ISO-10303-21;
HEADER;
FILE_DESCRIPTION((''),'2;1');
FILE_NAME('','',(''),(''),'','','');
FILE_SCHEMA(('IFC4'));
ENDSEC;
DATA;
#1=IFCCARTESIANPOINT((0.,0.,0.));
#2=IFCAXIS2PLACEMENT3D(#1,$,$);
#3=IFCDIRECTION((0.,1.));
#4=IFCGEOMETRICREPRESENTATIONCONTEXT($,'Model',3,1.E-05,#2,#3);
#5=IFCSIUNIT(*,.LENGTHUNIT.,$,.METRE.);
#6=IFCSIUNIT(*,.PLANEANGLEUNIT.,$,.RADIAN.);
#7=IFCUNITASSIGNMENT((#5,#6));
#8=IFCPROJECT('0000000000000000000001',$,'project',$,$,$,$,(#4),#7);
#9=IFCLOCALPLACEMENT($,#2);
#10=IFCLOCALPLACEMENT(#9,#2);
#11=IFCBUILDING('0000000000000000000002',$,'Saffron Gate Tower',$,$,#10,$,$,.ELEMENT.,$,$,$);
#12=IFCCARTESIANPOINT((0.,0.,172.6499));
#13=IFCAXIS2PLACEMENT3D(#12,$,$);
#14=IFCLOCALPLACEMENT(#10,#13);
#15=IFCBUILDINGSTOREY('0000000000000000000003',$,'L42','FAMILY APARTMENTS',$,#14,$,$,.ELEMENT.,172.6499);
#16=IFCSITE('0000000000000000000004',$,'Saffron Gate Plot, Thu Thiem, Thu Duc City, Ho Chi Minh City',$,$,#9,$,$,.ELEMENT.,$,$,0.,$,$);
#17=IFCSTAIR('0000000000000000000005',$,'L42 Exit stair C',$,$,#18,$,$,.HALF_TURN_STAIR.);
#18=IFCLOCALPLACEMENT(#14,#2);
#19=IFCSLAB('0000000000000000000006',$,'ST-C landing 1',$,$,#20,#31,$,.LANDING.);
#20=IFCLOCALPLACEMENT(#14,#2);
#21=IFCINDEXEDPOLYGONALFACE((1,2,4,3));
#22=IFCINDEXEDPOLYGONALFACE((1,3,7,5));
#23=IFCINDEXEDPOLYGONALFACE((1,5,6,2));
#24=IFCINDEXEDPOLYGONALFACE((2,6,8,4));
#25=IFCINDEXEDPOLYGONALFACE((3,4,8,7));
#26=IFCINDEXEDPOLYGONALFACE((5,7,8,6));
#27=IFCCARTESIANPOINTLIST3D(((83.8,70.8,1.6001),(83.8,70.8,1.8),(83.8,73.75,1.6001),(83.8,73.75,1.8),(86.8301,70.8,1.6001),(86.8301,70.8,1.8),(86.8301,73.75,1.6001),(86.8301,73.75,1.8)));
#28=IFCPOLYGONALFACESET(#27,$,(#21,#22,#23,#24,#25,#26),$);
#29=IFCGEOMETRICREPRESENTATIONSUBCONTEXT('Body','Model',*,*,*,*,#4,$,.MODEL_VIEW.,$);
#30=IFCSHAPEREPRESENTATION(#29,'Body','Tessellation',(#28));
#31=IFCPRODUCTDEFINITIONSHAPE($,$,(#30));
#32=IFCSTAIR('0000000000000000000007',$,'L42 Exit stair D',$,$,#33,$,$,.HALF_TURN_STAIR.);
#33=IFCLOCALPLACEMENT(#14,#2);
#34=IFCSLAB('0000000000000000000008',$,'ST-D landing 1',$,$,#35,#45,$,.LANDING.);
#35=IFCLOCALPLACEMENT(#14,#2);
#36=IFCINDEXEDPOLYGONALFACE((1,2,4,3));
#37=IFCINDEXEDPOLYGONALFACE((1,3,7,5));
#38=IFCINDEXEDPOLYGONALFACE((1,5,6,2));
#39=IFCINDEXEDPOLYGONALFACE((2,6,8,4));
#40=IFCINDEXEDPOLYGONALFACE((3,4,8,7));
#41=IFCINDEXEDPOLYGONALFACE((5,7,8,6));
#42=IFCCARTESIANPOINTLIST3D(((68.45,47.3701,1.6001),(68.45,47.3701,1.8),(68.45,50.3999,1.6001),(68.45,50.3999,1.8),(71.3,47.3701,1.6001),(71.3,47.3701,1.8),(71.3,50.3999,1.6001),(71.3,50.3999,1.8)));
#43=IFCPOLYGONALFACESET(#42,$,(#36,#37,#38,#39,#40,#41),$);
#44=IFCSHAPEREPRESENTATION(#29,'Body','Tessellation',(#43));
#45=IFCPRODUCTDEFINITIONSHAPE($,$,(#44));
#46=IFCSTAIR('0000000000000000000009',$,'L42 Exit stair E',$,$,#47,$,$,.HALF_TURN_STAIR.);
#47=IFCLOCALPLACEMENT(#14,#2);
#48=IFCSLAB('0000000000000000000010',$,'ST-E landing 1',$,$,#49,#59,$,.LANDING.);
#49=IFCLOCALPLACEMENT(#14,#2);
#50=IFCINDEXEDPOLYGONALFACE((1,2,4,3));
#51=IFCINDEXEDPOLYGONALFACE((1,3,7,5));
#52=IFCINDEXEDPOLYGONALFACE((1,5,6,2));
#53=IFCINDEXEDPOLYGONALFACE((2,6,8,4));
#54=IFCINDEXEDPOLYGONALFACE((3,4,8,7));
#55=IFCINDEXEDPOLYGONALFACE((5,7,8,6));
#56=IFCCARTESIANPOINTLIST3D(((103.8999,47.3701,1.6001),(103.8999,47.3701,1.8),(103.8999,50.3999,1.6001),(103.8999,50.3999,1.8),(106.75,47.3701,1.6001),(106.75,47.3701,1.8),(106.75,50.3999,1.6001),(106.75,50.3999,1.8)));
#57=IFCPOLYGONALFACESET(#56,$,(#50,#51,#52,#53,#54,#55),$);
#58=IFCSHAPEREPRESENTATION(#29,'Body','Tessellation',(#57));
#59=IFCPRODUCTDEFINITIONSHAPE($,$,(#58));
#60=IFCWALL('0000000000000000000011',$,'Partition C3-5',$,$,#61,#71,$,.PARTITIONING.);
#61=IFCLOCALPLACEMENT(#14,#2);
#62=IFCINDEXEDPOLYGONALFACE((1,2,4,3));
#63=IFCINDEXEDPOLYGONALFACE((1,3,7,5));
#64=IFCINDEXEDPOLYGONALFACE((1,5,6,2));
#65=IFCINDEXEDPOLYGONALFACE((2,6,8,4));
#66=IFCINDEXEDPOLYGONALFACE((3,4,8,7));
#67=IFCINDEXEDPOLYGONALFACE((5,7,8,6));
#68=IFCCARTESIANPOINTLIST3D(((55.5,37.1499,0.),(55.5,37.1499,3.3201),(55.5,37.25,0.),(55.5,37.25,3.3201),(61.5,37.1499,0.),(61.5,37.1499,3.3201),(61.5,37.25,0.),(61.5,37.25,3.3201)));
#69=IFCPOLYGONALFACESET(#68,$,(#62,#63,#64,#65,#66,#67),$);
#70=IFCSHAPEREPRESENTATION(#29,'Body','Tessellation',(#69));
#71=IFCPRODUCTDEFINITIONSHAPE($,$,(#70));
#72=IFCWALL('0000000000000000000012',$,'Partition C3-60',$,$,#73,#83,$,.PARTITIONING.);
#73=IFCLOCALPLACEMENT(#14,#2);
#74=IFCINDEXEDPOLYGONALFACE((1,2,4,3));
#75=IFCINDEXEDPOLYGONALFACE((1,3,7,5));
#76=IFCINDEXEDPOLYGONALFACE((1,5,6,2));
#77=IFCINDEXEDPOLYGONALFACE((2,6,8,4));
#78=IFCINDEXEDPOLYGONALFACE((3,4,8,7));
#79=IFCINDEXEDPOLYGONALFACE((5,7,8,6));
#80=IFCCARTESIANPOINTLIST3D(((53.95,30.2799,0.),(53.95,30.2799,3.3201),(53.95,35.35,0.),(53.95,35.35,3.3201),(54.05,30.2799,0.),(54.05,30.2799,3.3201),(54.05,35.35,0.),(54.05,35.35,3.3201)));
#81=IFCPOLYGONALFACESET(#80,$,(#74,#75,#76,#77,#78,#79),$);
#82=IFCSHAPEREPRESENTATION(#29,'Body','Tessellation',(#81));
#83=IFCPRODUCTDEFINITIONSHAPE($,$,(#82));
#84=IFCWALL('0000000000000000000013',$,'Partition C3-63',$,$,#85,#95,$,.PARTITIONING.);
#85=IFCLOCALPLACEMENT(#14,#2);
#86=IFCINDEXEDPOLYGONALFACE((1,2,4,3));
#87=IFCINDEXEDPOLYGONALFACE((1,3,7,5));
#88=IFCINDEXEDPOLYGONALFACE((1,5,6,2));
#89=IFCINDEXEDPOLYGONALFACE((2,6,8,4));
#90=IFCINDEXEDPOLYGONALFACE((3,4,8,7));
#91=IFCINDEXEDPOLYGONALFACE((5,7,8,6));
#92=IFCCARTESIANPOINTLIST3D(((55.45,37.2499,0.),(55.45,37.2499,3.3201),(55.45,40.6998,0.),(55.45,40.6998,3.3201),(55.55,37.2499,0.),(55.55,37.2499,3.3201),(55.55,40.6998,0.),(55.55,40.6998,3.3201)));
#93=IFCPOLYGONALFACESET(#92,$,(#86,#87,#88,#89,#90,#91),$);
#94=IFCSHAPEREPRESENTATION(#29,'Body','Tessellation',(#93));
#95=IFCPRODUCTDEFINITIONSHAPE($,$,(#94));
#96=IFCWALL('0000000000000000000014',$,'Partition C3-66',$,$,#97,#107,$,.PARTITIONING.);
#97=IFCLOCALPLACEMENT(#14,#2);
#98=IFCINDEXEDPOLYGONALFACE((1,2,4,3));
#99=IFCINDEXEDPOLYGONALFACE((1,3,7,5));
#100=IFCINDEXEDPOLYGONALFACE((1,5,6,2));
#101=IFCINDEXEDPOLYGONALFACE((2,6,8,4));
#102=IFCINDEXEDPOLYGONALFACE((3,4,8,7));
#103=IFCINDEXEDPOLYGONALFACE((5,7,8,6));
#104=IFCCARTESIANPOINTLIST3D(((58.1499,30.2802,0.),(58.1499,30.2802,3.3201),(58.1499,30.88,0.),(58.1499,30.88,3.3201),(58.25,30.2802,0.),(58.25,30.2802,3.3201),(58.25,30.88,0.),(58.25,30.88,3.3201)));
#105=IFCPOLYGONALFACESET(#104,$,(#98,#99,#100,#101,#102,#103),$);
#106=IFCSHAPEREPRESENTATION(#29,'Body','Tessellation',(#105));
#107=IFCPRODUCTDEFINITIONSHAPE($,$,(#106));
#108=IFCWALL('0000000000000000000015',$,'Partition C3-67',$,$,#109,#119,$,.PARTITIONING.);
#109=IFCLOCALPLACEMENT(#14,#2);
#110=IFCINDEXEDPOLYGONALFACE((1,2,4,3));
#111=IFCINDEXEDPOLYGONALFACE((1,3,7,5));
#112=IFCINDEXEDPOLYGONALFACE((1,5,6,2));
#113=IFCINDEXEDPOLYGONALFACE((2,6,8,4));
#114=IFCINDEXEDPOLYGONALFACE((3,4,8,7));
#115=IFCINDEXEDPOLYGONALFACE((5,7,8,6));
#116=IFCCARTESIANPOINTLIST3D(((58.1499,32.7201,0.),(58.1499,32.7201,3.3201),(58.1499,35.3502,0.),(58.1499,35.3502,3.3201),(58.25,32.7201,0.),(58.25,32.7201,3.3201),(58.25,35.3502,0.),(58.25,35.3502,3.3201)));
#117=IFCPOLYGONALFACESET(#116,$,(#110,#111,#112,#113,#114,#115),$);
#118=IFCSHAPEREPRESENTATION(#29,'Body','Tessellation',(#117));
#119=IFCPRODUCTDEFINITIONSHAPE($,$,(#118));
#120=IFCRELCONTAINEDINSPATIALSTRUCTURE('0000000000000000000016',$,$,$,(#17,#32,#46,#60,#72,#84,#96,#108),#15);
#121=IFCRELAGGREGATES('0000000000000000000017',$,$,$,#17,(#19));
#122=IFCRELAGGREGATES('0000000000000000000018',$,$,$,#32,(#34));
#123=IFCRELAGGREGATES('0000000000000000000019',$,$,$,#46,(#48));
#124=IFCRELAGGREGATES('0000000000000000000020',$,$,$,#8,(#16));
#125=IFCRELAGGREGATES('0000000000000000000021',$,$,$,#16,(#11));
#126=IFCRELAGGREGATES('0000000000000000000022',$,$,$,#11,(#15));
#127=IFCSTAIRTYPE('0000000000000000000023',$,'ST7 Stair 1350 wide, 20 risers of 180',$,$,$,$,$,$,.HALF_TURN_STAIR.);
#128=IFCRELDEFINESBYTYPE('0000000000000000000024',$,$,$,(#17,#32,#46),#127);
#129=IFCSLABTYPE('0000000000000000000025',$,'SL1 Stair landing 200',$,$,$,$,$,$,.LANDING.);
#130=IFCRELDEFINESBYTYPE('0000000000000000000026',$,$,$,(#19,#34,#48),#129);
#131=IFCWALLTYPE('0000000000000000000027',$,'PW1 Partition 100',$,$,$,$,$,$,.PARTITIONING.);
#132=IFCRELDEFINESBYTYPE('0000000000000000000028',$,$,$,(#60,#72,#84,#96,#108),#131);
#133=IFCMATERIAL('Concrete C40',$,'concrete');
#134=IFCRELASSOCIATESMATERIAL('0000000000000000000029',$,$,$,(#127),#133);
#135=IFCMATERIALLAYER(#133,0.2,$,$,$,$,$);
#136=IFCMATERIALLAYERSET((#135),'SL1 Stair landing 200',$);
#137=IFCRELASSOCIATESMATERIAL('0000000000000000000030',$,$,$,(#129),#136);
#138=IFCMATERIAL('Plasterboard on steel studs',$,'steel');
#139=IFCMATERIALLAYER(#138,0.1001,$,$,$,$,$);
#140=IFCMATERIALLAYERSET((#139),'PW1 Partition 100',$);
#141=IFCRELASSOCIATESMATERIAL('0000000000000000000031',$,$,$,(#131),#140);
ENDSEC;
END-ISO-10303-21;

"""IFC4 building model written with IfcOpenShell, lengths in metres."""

from ifc_helpers import new_model, si_unit, direction, frame, frame_2d, origin, place, context, subcontext, project, spatial, polyline, rectangle, outline, extrude, material, layer, layer_set, type_object, element, aggregate, save


model = new_model("IFC4")

# Units and contexts
model_context = context("Model", 3, precision=1e-05, world=origin(), true_north=direction((0.0, 1.0)))
body_context = subcontext(model_context, "Body", "Model", "MODEL_VIEW")
ifc_project = project(units=[si_unit("LENGTHUNIT", "METRE"), si_unit("PLANEANGLEUNIT", "RADIAN")], contexts=[model_context])

# Site, building, storey
site_placement = place(None, origin())
site = spatial("IfcSite", under=ifc_project, at=site_placement, Name="Saffron Gate Plot, Thu Thiem, Thu Duc City, Ho Chi Minh City", CompositionType="ELEMENT", RefElevation=0.0)
building_placement = place(site_placement, origin())
building = spatial("IfcBuilding", under=site, at=building_placement, Name="Saffron Gate Tower", CompositionType="ELEMENT")
storey_placement = place(building_placement, frame((0.0, 0.0, 172.6499)))
storey = spatial("IfcBuildingStorey", under=building, at=storey_placement, Name="L42", Description="FAMILY APARTMENTS", CompositionType="ELEMENT", Elevation=172.6499)

# Stairs, slabs
ifc_material_1 = material(Name="Concrete C40", Category="concrete")
stair_type = type_object("IfcStairType", Name="ST7 Stair 1350 wide, 20 risers of 180", PredefinedType="HALF_TURN_STAIR", material=ifc_material_1)
stair_1_placement = place(storey_placement, origin())
stair_1 = element("IfcStair", 1, at=stair_1_placement, inside=storey, type_object=stair_type, Name="L42 Exit stair C", PredefinedType="HALF_TURN_STAIR")
ifc_layer_1 = layer(ifc_material_1, 0.2)
ifc_layer_set_1 = layer_set([ifc_layer_1], Name="SL1 Stair landing 200")
slab_type = type_object("IfcSlabType", Name="SL1 Stair landing 200", PredefinedType="LANDING", material=ifc_layer_set_1)
slab_1_placement = place(storey_placement, frame((0.0, 0.0, 1.6001)))
slab_1 = element("IfcSlab", 2, at=slab_1_placement, type_object=slab_type, Name="ST-C landing 1", PredefinedType="LANDING", context=body_context, shape_type="SweptSolid", body=[
    extrude(outline(polyline([(86.8301, 73.75), (83.8, 73.75), (83.8, 70.8), (86.8301, 70.8), (86.8301, 73.75)])), origin(), (0.0, 0.0, 1.0), 0.2),
])
aggregate(stair_1, [slab_1])
stair_2_placement = place(storey_placement, origin())
stair_2 = element("IfcStair", 3, at=stair_2_placement, inside=storey, type_object=stair_type, Name="L42 Exit stair D", PredefinedType="HALF_TURN_STAIR")
slab_2_placement = place(storey_placement, frame((0.0, 0.0, 1.6001)))
slab_2 = element("IfcSlab", 4, at=slab_2_placement, type_object=slab_type, Name="ST-D landing 1", PredefinedType="LANDING", context=body_context, shape_type="SweptSolid", body=[
    extrude(outline(polyline([(71.3, 47.3701), (71.3, 50.3999), (68.45, 50.3999), (68.45, 47.3701), (71.3, 47.3701)])), origin(), (0.0, 0.0, 1.0), 0.2),
])
aggregate(stair_2, [slab_2])
stair_3_placement = place(storey_placement, origin())
stair_3 = element("IfcStair", 5, at=stair_3_placement, inside=storey, type_object=stair_type, Name="L42 Exit stair E", PredefinedType="HALF_TURN_STAIR")
slab_3_placement = place(storey_placement, frame((0.0, 0.0, 1.6001)))
slab_3 = element("IfcSlab", 6, at=slab_3_placement, type_object=slab_type, Name="ST-E landing 1", PredefinedType="LANDING", context=body_context, shape_type="SweptSolid", body=[
    extrude(outline(polyline([(106.75, 47.3701), (106.75, 50.3999), (103.8999, 50.3999), (103.8999, 47.3701), (106.75, 47.3701)])), origin(), (0.0, 0.0, 1.0), 0.2),
])
aggregate(stair_3, [slab_3])

# Walls
ifc_material_2 = material(Name="Plasterboard on steel studs", Category="steel")
ifc_layer_2 = layer(ifc_material_2, 0.1001)
ifc_layer_set_2 = layer_set([ifc_layer_2], Name="PW1 Partition 100")
wall_type = type_object("IfcWallType", Name="PW1 Partition 100", PredefinedType="PARTITIONING", material=ifc_layer_set_2)
wall_1_placement = place(storey_placement, frame((55.5, 37.2, 0.0), z_axis=(0.0, 0.0, 1.0), x_axis=(1.0, 0.0, 0.0)))
element("IfcWall", 7, at=wall_1_placement, inside=storey, type_object=wall_type, Name="Partition C3-5", PredefinedType="PARTITIONING", context=body_context, shape_type="SweptSolid", body=[
    extrude(rectangle(XDim=6.0, YDim=0.1001, at=frame_2d((3.0, 0.0))), origin(), (0.0, 0.0, 1.0), 3.3201),
])
wall_2_placement = place(storey_placement, frame((54.0, 35.3501, 0.0), z_axis=(0.0, 0.0, 1.0), x_axis=(0.0, -1.0, 0.0)))
element("IfcWall", 8, at=wall_2_placement, inside=storey, type_object=wall_type, Name="Partition C3-60", PredefinedType="PARTITIONING", context=body_context, shape_type="SweptSolid", body=[
    extrude(rectangle(XDim=5.0701, YDim=0.1001, at=frame_2d((2.5352, 0.0))), origin(), (0.0, 0.0, 1.0), 3.3201),
])
wall_3_placement = place(storey_placement, frame((55.5, 40.7, 0.0), z_axis=(0.0, 0.0, 1.0), x_axis=(0.0, -1.0, 0.0)))
element("IfcWall", 9, at=wall_3_placement, inside=storey, type_object=wall_type, Name="Partition C3-63", PredefinedType="PARTITIONING", context=body_context, shape_type="SweptSolid", body=[
    extrude(rectangle(XDim=3.45, YDim=0.1001, at=frame_2d((1.7251, 0.0))), origin(), (0.0, 0.0, 1.0), 3.3201),
])
wall_4_placement = place(storey_placement, frame((58.2, 30.8799, 0.0), z_axis=(0.0, 0.0, 1.0), x_axis=(0.0, -1.0, 0.0)))
element("IfcWall", 10, at=wall_4_placement, inside=storey, type_object=wall_type, Name="Partition C3-66", PredefinedType="PARTITIONING", context=body_context, shape_type="SweptSolid", body=[
    extrude(rectangle(XDim=0.5999, YDim=0.1001, at=frame_2d((0.2998, 0.0))), origin(), (0.0, 0.0, 1.0), 3.3201),
])
wall_5_placement = place(storey_placement, frame((58.2, 35.3501, 0.0), z_axis=(0.0, 0.0, 1.0), x_axis=(0.0, -1.0, 0.0)))
element("IfcWall", 11, at=wall_5_placement, inside=storey, type_object=wall_type, Name="Partition C3-67", PredefinedType="PARTITIONING", context=body_context, shape_type="SweptSolid", body=[
    extrude(rectangle(XDim=2.6301, YDim=0.1001, at=frame_2d((1.3149, 0.0))), origin(), (0.0, 0.0, 1.0), 3.3201),
])

save(model, "model.ifc")
